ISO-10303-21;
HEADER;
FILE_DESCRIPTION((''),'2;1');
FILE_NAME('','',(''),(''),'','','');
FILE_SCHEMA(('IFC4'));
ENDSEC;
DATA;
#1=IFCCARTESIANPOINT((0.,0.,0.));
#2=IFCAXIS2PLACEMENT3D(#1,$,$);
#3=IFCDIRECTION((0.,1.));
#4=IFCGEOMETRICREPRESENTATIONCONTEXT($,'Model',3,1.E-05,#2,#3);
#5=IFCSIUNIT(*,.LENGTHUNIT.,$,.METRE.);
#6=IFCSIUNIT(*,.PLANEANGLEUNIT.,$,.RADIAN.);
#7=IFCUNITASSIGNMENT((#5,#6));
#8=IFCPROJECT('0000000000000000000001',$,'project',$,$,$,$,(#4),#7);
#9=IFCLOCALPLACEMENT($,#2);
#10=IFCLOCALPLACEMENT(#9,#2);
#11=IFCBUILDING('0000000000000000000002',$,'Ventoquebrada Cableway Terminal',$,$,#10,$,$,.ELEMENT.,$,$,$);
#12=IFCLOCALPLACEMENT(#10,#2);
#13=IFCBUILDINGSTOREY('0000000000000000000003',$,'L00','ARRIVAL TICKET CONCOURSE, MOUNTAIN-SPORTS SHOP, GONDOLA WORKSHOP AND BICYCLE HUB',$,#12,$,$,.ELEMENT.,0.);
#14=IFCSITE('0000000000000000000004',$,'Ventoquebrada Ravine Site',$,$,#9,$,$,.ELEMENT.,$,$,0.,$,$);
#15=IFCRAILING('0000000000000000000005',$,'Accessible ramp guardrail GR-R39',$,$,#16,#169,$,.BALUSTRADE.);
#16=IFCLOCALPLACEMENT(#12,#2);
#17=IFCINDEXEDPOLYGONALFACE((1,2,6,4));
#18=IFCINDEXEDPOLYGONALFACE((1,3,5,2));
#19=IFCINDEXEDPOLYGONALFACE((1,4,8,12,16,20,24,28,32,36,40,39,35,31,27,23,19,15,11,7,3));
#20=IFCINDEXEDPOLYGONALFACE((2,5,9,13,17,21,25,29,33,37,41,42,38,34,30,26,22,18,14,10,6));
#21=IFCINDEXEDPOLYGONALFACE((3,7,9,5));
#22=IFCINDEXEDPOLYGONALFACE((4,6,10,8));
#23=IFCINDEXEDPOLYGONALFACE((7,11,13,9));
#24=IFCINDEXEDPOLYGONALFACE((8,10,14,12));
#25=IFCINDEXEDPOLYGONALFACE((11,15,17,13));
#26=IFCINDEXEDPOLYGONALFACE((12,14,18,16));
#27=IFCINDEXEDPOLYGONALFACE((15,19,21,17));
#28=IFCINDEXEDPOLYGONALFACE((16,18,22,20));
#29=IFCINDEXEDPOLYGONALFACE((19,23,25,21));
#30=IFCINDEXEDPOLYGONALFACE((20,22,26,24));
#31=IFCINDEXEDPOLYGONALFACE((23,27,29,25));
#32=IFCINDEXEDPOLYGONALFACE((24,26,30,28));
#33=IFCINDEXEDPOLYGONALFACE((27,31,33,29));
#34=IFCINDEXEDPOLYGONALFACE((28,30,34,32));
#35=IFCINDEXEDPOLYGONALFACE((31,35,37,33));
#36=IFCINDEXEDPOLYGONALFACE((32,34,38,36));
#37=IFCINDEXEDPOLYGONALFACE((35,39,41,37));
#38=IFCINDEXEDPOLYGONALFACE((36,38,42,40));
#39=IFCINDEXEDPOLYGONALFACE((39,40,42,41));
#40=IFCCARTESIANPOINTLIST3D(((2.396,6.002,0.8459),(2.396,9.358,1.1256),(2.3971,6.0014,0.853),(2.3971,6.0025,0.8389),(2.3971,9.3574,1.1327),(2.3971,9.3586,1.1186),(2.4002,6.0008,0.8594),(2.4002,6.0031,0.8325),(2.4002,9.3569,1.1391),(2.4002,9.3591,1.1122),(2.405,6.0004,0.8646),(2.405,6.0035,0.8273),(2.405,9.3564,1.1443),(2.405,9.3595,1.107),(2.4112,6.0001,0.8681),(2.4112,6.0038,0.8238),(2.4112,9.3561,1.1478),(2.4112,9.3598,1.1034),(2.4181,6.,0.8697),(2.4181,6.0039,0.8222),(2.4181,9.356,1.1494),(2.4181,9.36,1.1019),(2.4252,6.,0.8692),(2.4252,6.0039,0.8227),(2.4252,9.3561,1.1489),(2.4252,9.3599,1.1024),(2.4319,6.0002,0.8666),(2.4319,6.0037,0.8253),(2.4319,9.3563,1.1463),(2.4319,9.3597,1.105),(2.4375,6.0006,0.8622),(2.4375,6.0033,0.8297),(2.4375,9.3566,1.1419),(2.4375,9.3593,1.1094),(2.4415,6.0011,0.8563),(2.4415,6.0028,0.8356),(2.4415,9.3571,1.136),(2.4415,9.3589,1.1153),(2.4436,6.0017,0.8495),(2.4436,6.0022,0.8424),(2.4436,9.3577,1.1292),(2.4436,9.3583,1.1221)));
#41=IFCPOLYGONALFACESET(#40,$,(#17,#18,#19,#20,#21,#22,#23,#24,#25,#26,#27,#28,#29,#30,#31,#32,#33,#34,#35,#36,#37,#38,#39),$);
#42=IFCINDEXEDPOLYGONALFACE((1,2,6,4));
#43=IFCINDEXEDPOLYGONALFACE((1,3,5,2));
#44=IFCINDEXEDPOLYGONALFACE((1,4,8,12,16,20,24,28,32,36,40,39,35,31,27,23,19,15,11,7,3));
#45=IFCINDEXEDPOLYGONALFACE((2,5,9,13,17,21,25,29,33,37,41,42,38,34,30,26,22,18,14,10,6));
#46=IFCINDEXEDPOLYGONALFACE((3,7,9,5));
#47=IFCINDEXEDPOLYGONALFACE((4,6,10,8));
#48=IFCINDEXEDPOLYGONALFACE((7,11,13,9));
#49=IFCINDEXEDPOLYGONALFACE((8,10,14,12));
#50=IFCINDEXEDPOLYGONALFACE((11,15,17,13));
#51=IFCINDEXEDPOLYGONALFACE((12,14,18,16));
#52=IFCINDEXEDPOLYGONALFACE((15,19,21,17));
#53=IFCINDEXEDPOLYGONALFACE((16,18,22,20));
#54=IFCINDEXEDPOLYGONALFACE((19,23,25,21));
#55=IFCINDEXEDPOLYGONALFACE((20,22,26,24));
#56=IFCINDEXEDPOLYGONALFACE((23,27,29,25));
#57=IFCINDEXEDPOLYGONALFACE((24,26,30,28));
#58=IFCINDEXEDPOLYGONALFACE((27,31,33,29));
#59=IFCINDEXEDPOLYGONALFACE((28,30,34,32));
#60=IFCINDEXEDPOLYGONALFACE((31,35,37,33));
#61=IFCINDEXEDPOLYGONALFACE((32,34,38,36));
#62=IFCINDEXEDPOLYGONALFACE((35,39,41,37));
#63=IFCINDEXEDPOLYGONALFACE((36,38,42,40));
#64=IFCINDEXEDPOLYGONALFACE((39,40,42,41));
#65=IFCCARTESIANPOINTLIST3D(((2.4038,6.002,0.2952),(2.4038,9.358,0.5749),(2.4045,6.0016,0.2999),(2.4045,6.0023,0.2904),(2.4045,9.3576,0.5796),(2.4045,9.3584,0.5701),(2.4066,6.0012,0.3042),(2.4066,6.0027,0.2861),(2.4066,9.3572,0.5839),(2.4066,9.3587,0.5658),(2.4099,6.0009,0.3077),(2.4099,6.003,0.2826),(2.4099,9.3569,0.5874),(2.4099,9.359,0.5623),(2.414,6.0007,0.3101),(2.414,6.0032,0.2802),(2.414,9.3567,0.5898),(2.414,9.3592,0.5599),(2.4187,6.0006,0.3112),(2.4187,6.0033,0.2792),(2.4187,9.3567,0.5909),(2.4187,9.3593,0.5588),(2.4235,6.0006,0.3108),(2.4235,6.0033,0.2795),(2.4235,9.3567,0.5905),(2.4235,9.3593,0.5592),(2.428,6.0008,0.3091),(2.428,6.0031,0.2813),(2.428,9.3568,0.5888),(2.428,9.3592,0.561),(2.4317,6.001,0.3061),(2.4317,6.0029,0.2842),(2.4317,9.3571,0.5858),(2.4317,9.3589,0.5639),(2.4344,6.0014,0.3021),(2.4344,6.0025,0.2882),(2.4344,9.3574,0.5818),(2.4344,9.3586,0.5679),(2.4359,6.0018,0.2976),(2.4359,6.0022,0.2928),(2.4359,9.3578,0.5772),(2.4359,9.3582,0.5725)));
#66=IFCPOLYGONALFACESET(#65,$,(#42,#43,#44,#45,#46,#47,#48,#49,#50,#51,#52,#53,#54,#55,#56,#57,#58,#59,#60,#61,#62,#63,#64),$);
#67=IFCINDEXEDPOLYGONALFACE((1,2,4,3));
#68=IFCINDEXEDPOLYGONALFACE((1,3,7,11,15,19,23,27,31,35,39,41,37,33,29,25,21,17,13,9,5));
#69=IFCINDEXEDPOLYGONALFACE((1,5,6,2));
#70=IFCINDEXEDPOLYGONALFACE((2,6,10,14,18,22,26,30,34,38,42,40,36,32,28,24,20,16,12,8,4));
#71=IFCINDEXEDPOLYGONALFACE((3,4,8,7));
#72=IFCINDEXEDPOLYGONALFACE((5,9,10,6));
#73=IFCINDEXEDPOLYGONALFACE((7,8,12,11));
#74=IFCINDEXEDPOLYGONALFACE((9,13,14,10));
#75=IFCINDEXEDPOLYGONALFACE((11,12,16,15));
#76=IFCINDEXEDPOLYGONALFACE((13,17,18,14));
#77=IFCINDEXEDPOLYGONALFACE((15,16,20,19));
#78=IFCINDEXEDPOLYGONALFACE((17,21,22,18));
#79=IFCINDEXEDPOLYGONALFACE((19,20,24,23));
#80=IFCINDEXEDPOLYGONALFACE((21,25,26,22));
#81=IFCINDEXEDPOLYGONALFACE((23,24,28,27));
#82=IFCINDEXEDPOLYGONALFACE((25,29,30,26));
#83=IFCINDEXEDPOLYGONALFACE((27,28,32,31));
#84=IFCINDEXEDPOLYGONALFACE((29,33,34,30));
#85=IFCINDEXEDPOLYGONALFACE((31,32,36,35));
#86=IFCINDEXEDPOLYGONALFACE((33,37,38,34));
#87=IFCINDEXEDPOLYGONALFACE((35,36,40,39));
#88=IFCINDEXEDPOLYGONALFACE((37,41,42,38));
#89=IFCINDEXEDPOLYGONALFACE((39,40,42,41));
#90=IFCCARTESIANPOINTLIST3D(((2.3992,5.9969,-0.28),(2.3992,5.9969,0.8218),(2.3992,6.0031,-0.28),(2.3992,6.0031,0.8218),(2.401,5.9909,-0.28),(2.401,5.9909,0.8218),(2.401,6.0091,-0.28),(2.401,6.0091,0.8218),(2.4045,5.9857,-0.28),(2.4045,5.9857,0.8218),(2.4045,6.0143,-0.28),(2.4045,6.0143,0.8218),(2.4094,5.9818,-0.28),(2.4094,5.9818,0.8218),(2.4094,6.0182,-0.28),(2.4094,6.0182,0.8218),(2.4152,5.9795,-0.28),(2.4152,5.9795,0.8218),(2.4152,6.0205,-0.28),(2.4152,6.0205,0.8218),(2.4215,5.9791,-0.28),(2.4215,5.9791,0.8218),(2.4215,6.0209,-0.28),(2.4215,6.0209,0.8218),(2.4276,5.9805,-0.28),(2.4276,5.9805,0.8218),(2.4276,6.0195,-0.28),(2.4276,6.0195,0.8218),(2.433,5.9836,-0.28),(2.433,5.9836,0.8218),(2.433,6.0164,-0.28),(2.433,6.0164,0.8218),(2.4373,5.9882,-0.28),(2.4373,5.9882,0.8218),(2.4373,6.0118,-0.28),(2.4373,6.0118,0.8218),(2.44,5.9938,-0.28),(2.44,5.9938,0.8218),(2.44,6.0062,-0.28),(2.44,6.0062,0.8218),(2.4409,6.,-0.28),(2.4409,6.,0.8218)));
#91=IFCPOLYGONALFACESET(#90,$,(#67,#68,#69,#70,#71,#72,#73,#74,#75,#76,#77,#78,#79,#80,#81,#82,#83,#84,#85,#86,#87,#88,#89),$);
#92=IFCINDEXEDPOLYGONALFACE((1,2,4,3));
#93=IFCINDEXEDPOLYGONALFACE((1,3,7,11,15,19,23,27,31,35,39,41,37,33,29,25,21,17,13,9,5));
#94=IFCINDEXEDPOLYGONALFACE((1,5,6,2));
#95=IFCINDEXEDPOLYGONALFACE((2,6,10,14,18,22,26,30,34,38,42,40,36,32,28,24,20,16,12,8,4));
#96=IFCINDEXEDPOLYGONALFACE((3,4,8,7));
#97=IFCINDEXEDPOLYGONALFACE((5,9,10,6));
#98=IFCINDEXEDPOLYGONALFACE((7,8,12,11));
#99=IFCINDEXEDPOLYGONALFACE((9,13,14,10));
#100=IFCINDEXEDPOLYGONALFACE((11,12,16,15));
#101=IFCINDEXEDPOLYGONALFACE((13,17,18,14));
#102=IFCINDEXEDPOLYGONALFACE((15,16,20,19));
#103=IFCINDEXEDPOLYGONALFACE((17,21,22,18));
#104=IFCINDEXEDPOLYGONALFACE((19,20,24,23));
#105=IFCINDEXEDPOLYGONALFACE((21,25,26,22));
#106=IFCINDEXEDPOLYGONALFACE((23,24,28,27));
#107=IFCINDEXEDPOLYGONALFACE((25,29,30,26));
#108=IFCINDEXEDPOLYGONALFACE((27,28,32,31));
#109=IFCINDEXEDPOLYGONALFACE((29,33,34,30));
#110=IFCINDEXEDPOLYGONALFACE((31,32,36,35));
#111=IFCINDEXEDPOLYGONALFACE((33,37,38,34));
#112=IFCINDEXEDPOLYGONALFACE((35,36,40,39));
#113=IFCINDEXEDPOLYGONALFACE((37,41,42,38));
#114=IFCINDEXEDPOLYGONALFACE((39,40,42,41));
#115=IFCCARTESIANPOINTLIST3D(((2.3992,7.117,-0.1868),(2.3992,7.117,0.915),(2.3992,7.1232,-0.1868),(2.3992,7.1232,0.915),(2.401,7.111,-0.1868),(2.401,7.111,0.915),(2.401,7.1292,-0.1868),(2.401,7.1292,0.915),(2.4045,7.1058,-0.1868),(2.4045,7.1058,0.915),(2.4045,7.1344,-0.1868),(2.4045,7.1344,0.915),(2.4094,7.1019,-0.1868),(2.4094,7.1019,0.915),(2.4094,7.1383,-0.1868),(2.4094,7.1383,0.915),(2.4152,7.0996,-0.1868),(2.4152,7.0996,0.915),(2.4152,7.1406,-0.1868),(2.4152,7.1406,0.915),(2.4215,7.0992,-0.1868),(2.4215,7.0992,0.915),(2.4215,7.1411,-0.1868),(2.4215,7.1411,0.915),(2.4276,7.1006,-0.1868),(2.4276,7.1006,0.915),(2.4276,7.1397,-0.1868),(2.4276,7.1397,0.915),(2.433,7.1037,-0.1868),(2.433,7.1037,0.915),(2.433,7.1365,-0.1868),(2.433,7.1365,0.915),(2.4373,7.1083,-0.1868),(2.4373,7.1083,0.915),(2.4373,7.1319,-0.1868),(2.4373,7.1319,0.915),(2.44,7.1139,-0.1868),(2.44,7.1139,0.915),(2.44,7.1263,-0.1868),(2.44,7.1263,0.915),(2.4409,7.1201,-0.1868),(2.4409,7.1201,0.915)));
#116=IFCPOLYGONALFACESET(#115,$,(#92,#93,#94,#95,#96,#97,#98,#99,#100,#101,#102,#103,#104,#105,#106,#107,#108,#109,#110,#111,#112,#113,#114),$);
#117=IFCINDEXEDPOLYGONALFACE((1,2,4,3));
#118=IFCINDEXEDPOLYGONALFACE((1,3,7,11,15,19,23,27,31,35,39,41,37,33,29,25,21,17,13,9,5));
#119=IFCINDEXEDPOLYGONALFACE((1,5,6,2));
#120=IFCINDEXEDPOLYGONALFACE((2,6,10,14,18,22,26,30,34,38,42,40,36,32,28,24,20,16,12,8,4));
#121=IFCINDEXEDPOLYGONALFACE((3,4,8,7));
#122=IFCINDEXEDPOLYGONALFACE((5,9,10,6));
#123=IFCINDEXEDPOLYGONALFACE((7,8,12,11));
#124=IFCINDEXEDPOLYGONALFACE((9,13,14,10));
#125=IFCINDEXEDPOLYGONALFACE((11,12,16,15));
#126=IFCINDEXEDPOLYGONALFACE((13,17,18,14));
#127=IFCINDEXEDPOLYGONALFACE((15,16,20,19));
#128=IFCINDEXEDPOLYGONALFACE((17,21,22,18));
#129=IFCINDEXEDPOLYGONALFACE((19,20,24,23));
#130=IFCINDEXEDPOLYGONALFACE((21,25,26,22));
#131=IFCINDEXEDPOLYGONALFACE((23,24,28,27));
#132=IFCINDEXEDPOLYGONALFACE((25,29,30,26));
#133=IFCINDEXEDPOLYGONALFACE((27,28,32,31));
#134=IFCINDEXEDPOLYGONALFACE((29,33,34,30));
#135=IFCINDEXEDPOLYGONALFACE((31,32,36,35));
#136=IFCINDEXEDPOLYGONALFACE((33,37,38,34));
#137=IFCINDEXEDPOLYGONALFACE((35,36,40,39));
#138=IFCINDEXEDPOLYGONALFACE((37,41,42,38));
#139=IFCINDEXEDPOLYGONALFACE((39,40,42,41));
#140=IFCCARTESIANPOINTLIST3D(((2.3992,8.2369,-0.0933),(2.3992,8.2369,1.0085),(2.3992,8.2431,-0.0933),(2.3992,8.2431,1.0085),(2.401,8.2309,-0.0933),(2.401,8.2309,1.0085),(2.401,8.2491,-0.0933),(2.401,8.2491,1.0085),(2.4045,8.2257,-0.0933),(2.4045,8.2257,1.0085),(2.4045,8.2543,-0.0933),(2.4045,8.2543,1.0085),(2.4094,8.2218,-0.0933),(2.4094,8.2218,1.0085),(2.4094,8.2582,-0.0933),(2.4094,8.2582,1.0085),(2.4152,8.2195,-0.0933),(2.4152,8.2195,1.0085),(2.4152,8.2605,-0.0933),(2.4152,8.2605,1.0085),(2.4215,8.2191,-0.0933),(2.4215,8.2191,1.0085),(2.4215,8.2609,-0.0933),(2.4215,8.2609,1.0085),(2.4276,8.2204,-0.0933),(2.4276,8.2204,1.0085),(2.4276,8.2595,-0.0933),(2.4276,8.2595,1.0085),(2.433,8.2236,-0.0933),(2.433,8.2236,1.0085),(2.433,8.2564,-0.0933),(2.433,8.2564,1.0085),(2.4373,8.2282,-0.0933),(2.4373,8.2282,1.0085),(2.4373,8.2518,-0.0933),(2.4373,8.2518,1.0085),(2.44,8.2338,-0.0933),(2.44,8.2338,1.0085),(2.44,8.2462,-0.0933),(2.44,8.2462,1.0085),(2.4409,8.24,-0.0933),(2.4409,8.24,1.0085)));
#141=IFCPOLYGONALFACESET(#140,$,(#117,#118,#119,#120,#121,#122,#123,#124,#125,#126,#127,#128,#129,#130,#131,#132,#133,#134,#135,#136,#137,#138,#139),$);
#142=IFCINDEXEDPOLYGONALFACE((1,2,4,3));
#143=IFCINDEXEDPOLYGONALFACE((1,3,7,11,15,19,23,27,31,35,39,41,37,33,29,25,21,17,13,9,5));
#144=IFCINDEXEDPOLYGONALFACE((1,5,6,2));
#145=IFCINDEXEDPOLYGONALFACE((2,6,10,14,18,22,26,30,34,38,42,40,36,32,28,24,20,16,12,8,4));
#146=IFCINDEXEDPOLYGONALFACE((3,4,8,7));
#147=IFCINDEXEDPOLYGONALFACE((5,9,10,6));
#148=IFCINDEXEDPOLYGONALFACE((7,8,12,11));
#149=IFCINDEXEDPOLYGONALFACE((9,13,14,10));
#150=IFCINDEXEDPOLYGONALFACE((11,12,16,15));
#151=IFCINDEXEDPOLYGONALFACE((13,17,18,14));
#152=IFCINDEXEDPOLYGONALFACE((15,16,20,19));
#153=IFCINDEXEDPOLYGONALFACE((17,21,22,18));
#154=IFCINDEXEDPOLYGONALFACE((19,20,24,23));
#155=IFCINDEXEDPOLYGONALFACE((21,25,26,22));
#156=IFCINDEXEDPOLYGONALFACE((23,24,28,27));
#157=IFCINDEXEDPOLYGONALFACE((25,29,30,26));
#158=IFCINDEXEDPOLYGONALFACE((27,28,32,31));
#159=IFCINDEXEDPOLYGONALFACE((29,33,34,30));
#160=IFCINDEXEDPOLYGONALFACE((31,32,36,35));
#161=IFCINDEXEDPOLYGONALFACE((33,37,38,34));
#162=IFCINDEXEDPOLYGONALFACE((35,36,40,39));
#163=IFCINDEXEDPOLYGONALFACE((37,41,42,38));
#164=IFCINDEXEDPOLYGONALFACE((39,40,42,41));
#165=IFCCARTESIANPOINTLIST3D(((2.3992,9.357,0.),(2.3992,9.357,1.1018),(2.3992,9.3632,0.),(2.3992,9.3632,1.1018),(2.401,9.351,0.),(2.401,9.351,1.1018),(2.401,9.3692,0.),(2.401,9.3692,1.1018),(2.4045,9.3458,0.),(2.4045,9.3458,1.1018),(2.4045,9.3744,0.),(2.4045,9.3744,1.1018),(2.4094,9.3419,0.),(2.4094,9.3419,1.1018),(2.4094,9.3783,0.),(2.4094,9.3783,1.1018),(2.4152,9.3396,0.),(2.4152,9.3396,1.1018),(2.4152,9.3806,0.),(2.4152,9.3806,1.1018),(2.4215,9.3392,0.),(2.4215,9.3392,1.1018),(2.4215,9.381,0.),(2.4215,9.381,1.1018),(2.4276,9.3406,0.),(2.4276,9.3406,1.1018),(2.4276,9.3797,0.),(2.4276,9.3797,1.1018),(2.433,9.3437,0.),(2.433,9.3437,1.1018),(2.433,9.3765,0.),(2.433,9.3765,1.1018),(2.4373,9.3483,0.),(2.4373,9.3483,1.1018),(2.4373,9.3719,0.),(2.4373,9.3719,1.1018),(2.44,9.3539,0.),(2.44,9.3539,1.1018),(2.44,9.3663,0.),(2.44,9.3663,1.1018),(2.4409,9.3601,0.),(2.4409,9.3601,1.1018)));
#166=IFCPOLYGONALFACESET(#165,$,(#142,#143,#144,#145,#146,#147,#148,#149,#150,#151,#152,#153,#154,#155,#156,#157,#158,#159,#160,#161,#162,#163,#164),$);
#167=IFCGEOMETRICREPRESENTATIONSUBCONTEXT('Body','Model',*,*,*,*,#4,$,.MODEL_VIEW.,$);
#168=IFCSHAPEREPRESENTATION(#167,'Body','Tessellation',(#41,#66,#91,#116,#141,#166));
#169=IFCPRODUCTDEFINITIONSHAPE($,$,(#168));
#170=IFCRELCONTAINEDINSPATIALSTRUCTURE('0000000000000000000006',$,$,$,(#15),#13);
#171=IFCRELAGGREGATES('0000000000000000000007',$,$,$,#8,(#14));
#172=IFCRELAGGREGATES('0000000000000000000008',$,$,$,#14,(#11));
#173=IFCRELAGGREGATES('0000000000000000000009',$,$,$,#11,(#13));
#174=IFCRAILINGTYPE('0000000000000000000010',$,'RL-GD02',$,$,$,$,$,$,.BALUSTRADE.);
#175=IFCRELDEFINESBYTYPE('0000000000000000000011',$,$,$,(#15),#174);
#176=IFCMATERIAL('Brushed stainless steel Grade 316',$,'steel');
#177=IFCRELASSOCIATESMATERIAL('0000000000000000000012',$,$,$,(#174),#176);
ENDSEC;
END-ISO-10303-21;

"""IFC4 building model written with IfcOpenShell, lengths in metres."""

from ifc_helpers import new_model, si_unit, direction, frame, origin, origin_2d, place, context, subcontext, project, spatial, circle, extrude, material, type_object, element, save


model = new_model("IFC4")

# Units and contexts
model_context = context("Model", 3, precision=1e-05, world=origin(), true_north=direction((0.0, 1.0)))
body_context = subcontext(model_context, "Body", "Model", "MODEL_VIEW")
ifc_project = project(units=[si_unit("LENGTHUNIT", "METRE"), si_unit("PLANEANGLEUNIT", "RADIAN")], contexts=[model_context])

# Site, building, storey
site_placement = place(None, origin())
site = spatial("IfcSite", under=ifc_project, at=site_placement, Name="Ventoquebrada Ravine Site", CompositionType="ELEMENT", RefElevation=0.0)
building_placement = place(site_placement, origin())
building = spatial("IfcBuilding", under=site, at=building_placement, Name="Ventoquebrada Cableway Terminal", CompositionType="ELEMENT")
storey_placement = place(building_placement, origin())
storey = spatial("IfcBuildingStorey", under=building, at=storey_placement, Name="L00", Description="ARRIVAL TICKET CONCOURSE, MOUNTAIN-SPORTS SHOP, GONDOLA WORKSHOP AND BICYCLE HUB", CompositionType="ELEMENT", Elevation=0.0)

# Railing
ifc_material_1 = material(Name="Brushed stainless steel Grade 316", Category="steel")
railing_type = type_object("IfcRailingType", Name="RL-GD02", PredefinedType="BALUSTRADE", material=ifc_material_1)
for number, where, name in (
    (1, (2.4199, 6.0, -0.28), "Accessible ramp guardrail GR-R39"),
):
    element("IfcRailing", number, at=place(storey_placement, frame(where)), inside=storey, type_object=railing_type, Name=name, PredefinedType="BALUSTRADE", context=body_context, shape_type="SweptSolid", body=[
        extrude(circle(Radius=0.0239, at=origin_2d()), frame((0.0, 0.002, 1.126), z_axis=(0.0, 0.996545, 0.083051), x_axis=(-1.0, 0.0, 0.0)), (0.0, 0.0, 1.0), 3.3677),
        extrude(circle(Radius=0.0161, at=origin_2d()), frame((0.0, 0.002, 0.5752), z_axis=(0.0, 0.996545, 0.083051), x_axis=(-1.0, 0.0, 0.0)), (0.0, 0.0, 1.0), 3.3677),
        extrude(circle(Radius=0.021, at=origin_2d()), origin(), (0.0, 0.0, 1.0), 1.1018),
        extrude(circle(Radius=0.021, at=origin_2d()), frame((0.0, 1.1201, 0.0933)), (0.0, 0.0, 1.0), 1.1018),
        extrude(circle(Radius=0.021, at=origin_2d()), frame((0.0, 2.24, 0.1868)), (0.0, 0.0, 1.0), 1.1018),
        extrude(circle(Radius=0.021, at=origin_2d()), frame((0.0, 3.3601, 0.28)), (0.0, 0.0, 1.0), 1.1018),
    ])

save(model, "model.ifc")
